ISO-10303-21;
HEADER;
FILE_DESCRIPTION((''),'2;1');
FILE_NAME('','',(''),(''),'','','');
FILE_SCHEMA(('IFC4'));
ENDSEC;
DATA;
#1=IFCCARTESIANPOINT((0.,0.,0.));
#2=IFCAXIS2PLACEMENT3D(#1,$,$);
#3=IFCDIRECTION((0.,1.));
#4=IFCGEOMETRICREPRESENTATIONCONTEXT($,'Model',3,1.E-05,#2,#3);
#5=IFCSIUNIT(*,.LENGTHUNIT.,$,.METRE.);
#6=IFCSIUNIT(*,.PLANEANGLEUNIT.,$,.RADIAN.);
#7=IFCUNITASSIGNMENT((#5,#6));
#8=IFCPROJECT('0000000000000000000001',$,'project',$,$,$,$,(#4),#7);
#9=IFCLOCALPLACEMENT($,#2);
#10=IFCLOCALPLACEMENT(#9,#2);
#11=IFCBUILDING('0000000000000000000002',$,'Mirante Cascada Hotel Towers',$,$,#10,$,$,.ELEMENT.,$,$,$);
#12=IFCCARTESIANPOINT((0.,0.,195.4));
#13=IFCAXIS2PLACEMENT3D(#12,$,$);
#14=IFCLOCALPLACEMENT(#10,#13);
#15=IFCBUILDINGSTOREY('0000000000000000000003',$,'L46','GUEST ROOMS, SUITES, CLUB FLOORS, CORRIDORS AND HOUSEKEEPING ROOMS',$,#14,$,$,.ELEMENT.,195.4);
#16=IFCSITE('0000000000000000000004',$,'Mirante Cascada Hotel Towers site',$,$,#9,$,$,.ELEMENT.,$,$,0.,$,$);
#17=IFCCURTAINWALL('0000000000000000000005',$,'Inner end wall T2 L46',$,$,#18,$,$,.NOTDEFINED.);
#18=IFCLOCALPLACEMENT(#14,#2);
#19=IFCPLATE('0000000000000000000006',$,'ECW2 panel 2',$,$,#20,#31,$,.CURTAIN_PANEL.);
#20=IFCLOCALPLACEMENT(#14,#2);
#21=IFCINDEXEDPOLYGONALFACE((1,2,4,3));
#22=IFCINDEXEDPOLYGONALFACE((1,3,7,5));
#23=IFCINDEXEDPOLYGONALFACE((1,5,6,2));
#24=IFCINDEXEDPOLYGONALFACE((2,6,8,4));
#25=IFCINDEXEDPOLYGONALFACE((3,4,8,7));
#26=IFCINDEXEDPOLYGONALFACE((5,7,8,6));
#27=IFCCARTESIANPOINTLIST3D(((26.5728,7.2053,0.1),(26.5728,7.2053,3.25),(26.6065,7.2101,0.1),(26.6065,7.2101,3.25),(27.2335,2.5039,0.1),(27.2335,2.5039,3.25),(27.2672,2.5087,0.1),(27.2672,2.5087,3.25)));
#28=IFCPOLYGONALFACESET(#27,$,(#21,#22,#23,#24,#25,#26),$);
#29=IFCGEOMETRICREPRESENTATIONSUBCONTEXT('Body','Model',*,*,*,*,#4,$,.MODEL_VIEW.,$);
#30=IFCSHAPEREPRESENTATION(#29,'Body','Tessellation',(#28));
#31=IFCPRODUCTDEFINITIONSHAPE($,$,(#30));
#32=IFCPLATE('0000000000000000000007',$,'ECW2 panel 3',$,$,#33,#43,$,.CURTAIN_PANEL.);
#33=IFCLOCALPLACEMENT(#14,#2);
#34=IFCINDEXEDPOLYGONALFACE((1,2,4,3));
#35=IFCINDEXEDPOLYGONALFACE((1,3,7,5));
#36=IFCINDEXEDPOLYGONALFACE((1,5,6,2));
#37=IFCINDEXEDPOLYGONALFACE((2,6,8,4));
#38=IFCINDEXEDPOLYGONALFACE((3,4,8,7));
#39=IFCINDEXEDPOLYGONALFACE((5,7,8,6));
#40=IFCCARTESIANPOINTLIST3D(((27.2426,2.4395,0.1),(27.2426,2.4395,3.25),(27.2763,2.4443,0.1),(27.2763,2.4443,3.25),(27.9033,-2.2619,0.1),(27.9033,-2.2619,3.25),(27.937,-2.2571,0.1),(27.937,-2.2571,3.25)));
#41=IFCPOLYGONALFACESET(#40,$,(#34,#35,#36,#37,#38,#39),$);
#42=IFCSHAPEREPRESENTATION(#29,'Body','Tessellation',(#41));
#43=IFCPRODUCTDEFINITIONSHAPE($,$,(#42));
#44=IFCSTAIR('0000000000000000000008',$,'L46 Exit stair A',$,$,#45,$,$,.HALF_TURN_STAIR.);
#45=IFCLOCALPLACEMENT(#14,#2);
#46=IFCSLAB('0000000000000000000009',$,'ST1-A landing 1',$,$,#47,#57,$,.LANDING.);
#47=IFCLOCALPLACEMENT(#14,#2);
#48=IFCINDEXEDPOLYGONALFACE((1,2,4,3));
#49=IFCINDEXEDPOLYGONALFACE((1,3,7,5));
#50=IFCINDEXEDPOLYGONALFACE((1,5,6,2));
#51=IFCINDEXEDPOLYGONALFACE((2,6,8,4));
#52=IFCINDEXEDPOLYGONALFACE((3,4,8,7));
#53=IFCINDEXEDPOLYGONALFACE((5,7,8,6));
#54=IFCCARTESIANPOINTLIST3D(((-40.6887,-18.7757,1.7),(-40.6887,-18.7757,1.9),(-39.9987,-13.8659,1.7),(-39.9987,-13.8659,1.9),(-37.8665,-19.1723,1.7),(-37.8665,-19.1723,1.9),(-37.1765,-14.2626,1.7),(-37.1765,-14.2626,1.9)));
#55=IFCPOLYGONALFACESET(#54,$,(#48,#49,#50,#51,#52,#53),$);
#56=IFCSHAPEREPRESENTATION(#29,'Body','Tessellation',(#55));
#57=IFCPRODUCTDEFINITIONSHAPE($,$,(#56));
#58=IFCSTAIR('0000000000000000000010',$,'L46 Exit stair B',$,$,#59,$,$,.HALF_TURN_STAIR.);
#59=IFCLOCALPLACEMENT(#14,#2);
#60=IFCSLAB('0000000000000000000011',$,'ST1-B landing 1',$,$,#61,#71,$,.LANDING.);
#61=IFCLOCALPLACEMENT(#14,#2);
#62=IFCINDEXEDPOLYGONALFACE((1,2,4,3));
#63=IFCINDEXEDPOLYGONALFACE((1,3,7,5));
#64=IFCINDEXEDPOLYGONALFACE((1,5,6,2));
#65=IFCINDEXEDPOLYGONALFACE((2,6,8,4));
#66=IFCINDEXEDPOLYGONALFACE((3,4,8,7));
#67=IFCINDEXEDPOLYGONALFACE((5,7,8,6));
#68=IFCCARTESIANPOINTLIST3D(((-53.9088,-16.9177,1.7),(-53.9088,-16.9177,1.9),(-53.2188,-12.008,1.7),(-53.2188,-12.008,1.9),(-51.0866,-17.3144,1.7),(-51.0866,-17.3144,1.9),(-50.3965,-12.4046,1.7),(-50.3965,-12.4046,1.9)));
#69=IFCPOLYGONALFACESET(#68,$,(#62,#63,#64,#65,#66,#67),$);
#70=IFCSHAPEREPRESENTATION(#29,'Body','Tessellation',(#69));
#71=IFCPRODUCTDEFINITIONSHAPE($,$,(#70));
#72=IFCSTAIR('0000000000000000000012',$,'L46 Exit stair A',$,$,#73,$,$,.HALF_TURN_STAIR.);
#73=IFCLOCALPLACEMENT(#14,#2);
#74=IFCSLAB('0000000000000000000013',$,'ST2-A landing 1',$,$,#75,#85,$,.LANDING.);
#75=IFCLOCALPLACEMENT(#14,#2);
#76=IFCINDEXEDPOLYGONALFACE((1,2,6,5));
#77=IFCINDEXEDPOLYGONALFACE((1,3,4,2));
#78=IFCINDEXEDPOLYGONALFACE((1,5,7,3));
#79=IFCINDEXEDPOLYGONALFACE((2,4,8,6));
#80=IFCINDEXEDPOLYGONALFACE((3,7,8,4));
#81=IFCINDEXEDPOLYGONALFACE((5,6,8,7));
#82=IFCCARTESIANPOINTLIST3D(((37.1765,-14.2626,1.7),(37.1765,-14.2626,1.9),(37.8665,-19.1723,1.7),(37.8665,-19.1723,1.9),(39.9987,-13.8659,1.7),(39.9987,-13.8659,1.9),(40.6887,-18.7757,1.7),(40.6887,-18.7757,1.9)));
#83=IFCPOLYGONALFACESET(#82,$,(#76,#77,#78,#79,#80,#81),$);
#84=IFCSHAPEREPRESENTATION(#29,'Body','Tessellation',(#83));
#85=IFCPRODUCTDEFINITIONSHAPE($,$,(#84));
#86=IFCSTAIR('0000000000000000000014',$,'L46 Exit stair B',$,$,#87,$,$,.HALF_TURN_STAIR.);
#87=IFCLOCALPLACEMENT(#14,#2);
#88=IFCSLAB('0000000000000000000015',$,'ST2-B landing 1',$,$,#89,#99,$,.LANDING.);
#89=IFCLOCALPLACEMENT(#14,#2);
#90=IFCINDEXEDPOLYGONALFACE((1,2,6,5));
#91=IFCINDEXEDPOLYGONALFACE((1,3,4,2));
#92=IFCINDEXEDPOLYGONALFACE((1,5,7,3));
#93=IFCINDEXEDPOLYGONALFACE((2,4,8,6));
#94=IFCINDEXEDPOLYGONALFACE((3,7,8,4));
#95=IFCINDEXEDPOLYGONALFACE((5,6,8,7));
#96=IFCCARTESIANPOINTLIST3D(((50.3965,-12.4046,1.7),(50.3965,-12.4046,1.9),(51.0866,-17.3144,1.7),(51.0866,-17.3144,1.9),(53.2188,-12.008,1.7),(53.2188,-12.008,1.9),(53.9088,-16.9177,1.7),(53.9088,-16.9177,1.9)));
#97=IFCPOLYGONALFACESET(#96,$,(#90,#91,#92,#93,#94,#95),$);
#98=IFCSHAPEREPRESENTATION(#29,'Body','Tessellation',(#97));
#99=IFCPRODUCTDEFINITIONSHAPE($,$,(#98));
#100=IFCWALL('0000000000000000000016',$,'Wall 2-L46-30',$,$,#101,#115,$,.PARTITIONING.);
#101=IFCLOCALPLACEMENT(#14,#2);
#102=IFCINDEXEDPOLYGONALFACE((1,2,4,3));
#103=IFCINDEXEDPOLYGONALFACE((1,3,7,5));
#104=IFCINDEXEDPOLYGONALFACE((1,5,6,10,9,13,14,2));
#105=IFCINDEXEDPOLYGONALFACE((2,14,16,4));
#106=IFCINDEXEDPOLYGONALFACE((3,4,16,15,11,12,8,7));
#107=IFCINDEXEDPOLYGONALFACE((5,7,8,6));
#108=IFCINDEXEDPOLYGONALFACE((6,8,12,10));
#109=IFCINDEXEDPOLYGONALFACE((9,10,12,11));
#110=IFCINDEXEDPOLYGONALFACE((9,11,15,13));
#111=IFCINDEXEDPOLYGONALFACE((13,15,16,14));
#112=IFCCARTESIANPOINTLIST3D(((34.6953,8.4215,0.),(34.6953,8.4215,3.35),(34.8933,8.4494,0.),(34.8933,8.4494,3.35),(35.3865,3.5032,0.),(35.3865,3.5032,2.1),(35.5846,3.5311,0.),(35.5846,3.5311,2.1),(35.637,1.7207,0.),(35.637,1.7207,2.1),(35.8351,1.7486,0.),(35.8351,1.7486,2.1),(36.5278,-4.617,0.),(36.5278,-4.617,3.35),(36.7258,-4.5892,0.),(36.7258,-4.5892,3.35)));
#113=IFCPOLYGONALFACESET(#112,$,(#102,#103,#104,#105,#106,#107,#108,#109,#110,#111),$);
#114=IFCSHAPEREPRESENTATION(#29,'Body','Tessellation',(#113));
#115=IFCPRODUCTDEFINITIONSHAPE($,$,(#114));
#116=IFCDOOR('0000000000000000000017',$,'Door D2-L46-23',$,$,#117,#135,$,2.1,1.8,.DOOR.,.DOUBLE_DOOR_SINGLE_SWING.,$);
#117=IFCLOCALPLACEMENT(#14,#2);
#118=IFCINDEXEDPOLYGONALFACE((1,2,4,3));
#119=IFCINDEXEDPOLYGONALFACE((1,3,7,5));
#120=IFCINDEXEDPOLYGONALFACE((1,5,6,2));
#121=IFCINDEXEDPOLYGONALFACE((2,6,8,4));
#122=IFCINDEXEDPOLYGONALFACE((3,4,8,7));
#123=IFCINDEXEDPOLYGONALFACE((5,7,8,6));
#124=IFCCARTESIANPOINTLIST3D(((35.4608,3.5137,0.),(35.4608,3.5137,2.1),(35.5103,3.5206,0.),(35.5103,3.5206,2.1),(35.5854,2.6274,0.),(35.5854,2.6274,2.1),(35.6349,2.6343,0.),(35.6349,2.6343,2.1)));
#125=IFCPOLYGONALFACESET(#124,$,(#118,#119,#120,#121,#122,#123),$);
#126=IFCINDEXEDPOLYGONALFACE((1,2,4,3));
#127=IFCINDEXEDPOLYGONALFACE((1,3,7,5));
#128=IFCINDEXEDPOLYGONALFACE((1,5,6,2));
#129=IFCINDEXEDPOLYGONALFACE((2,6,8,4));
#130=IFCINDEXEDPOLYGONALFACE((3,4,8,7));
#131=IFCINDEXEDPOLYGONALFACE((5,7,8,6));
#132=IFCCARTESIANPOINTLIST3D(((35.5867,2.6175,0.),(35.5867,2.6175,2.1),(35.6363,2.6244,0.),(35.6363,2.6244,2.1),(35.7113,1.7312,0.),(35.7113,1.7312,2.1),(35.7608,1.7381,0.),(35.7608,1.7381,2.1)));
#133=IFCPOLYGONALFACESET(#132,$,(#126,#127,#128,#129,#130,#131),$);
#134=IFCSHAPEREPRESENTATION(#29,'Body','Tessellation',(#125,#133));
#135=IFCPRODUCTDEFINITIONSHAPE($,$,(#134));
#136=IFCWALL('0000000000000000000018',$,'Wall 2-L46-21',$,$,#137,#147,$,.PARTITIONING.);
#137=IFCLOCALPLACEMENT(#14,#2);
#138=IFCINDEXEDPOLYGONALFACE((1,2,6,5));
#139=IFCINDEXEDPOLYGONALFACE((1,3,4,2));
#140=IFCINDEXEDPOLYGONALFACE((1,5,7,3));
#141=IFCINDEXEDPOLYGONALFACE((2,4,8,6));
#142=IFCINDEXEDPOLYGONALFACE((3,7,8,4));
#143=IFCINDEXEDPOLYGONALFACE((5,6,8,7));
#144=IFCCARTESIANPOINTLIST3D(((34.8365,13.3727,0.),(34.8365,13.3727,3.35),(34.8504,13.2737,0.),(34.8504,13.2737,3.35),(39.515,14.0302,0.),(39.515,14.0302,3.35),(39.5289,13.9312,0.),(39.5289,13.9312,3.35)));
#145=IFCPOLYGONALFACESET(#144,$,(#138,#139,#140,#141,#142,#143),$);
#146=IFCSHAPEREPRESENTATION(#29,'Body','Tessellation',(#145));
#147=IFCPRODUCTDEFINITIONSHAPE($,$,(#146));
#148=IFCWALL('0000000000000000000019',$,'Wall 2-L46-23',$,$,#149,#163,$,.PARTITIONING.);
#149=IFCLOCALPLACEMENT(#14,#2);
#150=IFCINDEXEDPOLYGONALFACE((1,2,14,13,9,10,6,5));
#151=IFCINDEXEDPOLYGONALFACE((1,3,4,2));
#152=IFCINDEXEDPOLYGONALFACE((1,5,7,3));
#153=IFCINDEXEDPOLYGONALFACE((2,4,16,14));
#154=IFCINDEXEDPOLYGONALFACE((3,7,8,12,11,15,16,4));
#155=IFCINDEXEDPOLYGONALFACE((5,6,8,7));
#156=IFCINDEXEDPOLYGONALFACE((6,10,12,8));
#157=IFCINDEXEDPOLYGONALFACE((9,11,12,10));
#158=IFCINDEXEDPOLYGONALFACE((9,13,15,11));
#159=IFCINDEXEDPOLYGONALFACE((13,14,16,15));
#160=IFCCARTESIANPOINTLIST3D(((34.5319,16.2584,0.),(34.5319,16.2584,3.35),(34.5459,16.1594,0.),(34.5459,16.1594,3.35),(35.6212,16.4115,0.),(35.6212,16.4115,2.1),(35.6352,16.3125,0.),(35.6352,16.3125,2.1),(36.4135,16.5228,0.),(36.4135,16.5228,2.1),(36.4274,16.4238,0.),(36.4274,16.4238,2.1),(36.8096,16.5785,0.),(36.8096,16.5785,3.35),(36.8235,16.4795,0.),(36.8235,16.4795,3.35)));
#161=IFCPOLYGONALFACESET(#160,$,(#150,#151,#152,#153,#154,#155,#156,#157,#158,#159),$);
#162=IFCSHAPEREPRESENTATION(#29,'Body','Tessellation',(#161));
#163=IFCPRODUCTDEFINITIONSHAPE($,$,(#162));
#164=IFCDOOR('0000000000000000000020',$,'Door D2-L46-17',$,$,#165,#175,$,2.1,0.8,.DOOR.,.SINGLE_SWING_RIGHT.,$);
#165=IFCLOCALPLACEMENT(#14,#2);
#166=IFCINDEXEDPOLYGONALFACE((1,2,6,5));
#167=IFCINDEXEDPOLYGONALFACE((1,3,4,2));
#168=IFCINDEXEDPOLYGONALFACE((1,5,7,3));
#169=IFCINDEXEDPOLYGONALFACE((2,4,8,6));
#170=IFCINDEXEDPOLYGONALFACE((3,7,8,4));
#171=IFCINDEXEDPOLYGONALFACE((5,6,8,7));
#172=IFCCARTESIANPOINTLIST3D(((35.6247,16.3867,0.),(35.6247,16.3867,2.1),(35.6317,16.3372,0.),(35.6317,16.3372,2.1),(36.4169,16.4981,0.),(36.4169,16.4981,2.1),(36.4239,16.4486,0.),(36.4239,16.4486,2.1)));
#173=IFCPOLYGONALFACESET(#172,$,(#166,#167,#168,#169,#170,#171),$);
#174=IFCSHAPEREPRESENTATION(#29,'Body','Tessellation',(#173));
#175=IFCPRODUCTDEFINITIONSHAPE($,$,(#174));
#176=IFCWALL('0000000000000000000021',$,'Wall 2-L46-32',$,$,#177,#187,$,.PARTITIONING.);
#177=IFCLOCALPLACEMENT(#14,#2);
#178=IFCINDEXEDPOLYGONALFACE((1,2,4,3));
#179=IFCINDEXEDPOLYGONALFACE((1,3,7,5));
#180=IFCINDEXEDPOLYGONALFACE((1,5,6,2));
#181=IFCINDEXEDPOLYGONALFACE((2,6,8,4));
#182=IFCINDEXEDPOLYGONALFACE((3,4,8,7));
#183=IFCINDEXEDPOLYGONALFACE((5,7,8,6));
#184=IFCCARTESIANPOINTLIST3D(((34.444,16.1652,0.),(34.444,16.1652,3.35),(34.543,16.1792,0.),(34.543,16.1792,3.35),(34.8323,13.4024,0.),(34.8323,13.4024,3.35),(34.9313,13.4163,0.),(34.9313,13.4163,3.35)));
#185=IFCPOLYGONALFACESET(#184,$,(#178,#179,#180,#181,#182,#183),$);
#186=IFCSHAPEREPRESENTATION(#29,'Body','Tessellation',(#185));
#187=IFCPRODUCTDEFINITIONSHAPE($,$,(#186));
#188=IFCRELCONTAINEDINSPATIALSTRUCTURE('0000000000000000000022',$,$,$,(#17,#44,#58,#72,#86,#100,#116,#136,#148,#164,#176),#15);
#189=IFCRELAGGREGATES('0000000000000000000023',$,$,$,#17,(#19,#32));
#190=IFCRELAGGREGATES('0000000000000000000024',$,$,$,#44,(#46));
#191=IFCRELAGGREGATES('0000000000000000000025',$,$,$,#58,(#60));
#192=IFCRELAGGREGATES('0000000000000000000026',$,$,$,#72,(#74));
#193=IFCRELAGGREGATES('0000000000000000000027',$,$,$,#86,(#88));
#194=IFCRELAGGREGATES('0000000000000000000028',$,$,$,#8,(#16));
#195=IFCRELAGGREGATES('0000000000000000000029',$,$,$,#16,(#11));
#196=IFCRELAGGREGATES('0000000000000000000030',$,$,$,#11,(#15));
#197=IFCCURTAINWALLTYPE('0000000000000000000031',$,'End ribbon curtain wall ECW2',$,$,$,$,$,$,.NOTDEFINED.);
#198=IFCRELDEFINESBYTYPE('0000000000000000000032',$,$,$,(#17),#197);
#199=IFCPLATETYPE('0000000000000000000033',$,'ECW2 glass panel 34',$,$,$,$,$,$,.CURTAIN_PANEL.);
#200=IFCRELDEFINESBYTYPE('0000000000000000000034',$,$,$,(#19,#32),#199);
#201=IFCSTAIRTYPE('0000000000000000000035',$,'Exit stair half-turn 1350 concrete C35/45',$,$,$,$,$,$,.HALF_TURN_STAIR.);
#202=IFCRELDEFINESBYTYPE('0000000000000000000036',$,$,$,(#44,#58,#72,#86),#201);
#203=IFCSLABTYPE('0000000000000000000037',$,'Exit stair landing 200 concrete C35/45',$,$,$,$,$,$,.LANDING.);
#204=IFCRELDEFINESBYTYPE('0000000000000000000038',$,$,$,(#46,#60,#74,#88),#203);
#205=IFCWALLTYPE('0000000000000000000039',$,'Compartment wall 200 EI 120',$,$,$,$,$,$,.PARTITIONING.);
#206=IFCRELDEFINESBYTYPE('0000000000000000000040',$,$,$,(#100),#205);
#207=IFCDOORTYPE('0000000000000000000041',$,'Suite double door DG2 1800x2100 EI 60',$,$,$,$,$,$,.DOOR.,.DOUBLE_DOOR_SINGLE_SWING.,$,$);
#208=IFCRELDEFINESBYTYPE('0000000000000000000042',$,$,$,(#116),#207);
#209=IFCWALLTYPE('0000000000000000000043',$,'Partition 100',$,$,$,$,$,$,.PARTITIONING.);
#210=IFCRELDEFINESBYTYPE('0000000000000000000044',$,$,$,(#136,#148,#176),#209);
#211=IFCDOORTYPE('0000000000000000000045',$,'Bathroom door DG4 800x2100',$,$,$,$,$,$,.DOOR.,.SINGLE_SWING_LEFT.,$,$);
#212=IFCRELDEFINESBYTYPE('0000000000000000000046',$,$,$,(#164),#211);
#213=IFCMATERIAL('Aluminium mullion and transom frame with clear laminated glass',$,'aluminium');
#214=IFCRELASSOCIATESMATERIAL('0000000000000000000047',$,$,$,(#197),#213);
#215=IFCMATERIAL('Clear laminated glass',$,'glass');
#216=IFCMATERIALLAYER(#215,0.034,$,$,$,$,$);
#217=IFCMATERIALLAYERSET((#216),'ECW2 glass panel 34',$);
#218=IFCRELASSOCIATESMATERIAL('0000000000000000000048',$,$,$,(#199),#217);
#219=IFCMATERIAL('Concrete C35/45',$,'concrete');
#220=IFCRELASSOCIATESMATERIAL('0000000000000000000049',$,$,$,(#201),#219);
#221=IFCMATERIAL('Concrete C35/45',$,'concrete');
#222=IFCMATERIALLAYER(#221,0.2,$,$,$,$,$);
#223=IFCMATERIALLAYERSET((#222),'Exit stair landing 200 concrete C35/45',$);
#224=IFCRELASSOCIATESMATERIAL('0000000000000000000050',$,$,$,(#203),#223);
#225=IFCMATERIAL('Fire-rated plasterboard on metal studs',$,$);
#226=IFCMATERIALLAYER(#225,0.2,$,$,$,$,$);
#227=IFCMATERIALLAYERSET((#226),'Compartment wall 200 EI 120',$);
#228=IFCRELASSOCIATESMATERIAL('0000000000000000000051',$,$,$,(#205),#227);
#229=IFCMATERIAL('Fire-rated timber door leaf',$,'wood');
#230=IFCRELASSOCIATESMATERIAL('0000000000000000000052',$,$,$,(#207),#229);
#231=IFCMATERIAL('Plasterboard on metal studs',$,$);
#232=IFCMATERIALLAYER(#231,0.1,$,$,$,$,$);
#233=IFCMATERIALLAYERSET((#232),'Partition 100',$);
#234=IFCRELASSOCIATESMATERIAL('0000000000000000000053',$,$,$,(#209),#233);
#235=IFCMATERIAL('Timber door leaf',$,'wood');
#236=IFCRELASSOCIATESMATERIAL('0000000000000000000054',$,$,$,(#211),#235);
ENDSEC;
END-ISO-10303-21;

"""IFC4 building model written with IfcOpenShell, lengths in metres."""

from ifc_helpers import new_model, si_unit, direction, frame, frame_2d, origin, origin_2d, place, context, subcontext, project, spatial, polyline, rectangle, outline, extrude, material, layer, layer_set, type_object, element, fill, aggregate, save


model = new_model("IFC4")

# Units and contexts
model_context = context("Model", 3, precision=1e-05, world=origin(), true_north=direction((0.0, 1.0)))
body_context = subcontext(model_context, "Body", "Model", "MODEL_VIEW")
ifc_project = project(units=[si_unit("LENGTHUNIT", "METRE"), si_unit("PLANEANGLEUNIT", "RADIAN")], contexts=[model_context])

# Site, building, storey
site_placement = place(None, origin())
site = spatial("IfcSite", under=ifc_project, at=site_placement, Name="Mirante Cascada Hotel Towers site", CompositionType="ELEMENT", RefElevation=0.0)
building_placement = place(site_placement, origin())
building = spatial("IfcBuilding", under=site, at=building_placement, Name="Mirante Cascada Hotel Towers", CompositionType="ELEMENT")
storey_placement = place(building_placement, frame((0.0, 0.0, 195.4)))
storey = spatial("IfcBuildingStorey", under=building, at=storey_placement, Name="L46", Description="GUEST ROOMS, SUITES, CLUB FLOORS, CORRIDORS AND HOUSEKEEPING ROOMS", CompositionType="ELEMENT", Elevation=195.4)

# Curtain wall
ifc_material_1 = material(Name="Aluminium mullion and transom frame with clear laminated glass", Category="aluminium")
curtain_wall_type_1 = type_object("IfcCurtainWallType", Name="End ribbon curtain wall ECW2", PredefinedType="NOTDEFINED", material=ifc_material_1)
curtain_wall_1_placement = place(storey_placement, origin())
curtain_wall_1 = element("IfcCurtainWall", 1, at=curtain_wall_1_placement, inside=storey, type_object=curtain_wall_type_1, Name="Inner end wall T2 L46", PredefinedType="NOTDEFINED")

# Plates
ifc_material_2 = material(Name="Clear laminated glass", Category="glass")
ifc_layer_1 = layer(ifc_material_2, 0.034)
ifc_layer_set_1 = layer_set([ifc_layer_1], Name="ECW2 glass panel 34")
plate_type_1 = type_object("IfcPlateType", Name="ECW2 glass panel 34", PredefinedType="CURTAIN_PANEL", material=ifc_layer_set_1)
plate_1_placement = place(storey_placement, frame((26.92, 4.857, 0.1), z_axis=(0.0, 0.0, 1.0), x_axis=(0.139173, -0.990268, 0.0)))
plate_1 = element("IfcPlate", 2, at=plate_1_placement, type_object=plate_type_1, Name="ECW2 panel 2", PredefinedType="CURTAIN_PANEL", context=body_context, shape_type="SweptSolid", body=[
    extrude(rectangle(XDim=4.7476, YDim=0.034, at=origin_2d()), origin(), (0.0, 0.0, 1.0), 3.15),
])
plate_2_placement = place(storey_placement, frame((27.5898, 0.0912, 0.1), z_axis=(0.0, 0.0, 1.0), x_axis=(0.139173, -0.990268, 0.0)))
plate_2 = element("IfcPlate", 3, at=plate_2_placement, type_object=plate_type_1, Name="ECW2 panel 3", PredefinedType="CURTAIN_PANEL", context=body_context, shape_type="SweptSolid", body=[
    extrude(rectangle(XDim=4.7476, YDim=0.034, at=origin_2d()), origin(), (0.0, 0.0, 1.0), 3.15),
])
aggregate(curtain_wall_1, [plate_1, plate_2])

# Stairs, slabs
ifc_material_3 = material(Name="Concrete C35/45", Category="concrete")
stair_type = type_object("IfcStairType", Name="Exit stair half-turn 1350 concrete C35/45", PredefinedType="HALF_TURN_STAIR", material=ifc_material_3)
stair_1_placement = place(storey_placement, origin())
stair_1 = element("IfcStair", 4, at=stair_1_placement, inside=storey, type_object=stair_type, Name="L46 Exit stair A", PredefinedType="HALF_TURN_STAIR")
ifc_material_4 = material(Name="Concrete C35/45", Category="concrete")
ifc_layer_2 = layer(ifc_material_4, 0.2)
ifc_layer_set_2 = layer_set([ifc_layer_2], Name="Exit stair landing 200 concrete C35/45")
slab_type = type_object("IfcSlabType", Name="Exit stair landing 200 concrete C35/45", PredefinedType="LANDING", material=ifc_layer_set_2)
slab_1_placement = place(storey_placement, frame((0.0, 0.0, 1.7)))
slab_1 = element("IfcSlab", 5, at=slab_1_placement, type_object=slab_type, Name="ST1-A landing 1", PredefinedType="LANDING", context=body_context, shape_type="SweptSolid", body=[
    extrude(outline(polyline([(-39.9987, -13.8659), (-40.6887, -18.7757), (-37.8665, -19.1723), (-37.1765, -14.2626), (-39.9987, -13.8659)])), origin(), (0.0, 0.0, 1.0), 0.2),
])
aggregate(stair_1, [slab_1])
stair_2_placement = place(storey_placement, origin())
stair_2 = element("IfcStair", 6, at=stair_2_placement, inside=storey, type_object=stair_type, Name="L46 Exit stair B", PredefinedType="HALF_TURN_STAIR")
slab_2_placement = place(storey_placement, frame((0.0, 0.0, 1.7)))
slab_2 = element("IfcSlab", 7, at=slab_2_placement, type_object=slab_type, Name="ST1-B landing 1", PredefinedType="LANDING", context=body_context, shape_type="SweptSolid", body=[
    extrude(outline(polyline([(-53.2188, -12.008), (-53.9088, -16.9177), (-51.0866, -17.3144), (-50.3965, -12.4046), (-53.2188, -12.008)])), origin(), (0.0, 0.0, 1.0), 0.2),
])
aggregate(stair_2, [slab_2])
stair_3_placement = place(storey_placement, origin())
stair_3 = element("IfcStair", 8, at=stair_3_placement, inside=storey, type_object=stair_type, Name="L46 Exit stair A", PredefinedType="HALF_TURN_STAIR")
slab_3_placement = place(storey_placement, frame((0.0, 0.0, 1.7)))
slab_3 = element("IfcSlab", 9, at=slab_3_placement, type_object=slab_type, Name="ST2-A landing 1", PredefinedType="LANDING", context=body_context, shape_type="SweptSolid", body=[
    extrude(outline(polyline([(37.1765, -14.2626), (37.8665, -19.1723), (40.6887, -18.7757), (39.9987, -13.8659), (37.1765, -14.2626)])), origin(), (0.0, 0.0, 1.0), 0.2),
])
aggregate(stair_3, [slab_3])
stair_4_placement = place(storey_placement, origin())
stair_4 = element("IfcStair", 10, at=stair_4_placement, inside=storey, type_object=stair_type, Name="L46 Exit stair B", PredefinedType="HALF_TURN_STAIR")
slab_4_placement = place(storey_placement, frame((0.0, 0.0, 1.7)))
slab_4 = element("IfcSlab", 11, at=slab_4_placement, type_object=slab_type, Name="ST2-B landing 1", PredefinedType="LANDING", context=body_context, shape_type="SweptSolid", body=[
    extrude(outline(polyline([(50.3965, -12.4046), (51.0866, -17.3144), (53.9088, -16.9177), (53.2188, -12.008), (50.3965, -12.4046)])), origin(), (0.0, 0.0, 1.0), 0.2),
])
aggregate(stair_4, [slab_4])

# Wall, opening, door
ifc_material_5 = material(Name="Fire-rated plasterboard on metal studs")
ifc_layer_3 = layer(ifc_material_5, 0.2)
ifc_layer_set_3 = layer_set([ifc_layer_3], Name="Compartment wall 200 EI 120")
wall_type_1 = type_object("IfcWallType", Name="Compartment wall 200 EI 120", PredefinedType="PARTITIONING", material=ifc_layer_set_3)
wall_1_placement = place(storey_placement, frame((34.7943, 8.4355, 0.0), z_axis=(0.0, 0.0, 1.0), x_axis=(0.139176, -0.990268, 0.0)))
wall_1 = element("IfcWall", 12, at=wall_1_placement, inside=storey, type_object=wall_type_1, Name="Wall 2-L46-30", PredefinedType="PARTITIONING", context=body_context, shape_type="SweptSolid", body=[
    extrude(rectangle(XDim=13.1667, YDim=0.2, at=frame_2d((6.5834, 0.0))), origin(), (0.0, 0.0, 1.0), 3.35),
])
opening_1_placement = place(wall_1_placement, frame((4.9667, 0.0, 0.0)))
opening_1 = element("IfcOpeningElement", 13, at=opening_1_placement, cuts=wall_1, PredefinedType="OPENING", context=body_context, shape_type="SweptSolid", body=[
    extrude(rectangle(XDim=1.8, YDim=2.1, at=frame_2d((0.9, 1.05))), frame((0.0, 0.1, 0.0), z_axis=(0.0, -1.0, 0.0), x_axis=(1.0, 0.0, 0.0)), (0.0, 0.0, 1.0), 0.2),
])
ifc_material_6 = material(Name="Fire-rated timber door leaf", Category="wood")
door_type_1 = type_object("IfcDoorType", Name="Suite double door DG2 1800x2100 EI 60", OperationType="DOUBLE_DOOR_SINGLE_SWING", PredefinedType="DOOR", material=ifc_material_6)
door_1_placement = place(opening_1_placement, origin())
door_1 = element("IfcDoor", 14, at=door_1_placement, inside=storey, type_object=door_type_1, Name="Door D2-L46-23", OperationType="DOUBLE_DOOR_SINGLE_SWING", OverallHeight=2.1, OverallWidth=1.8, PredefinedType="DOOR", context=body_context, shape_type="SweptSolid", body=[
    extrude(rectangle(XDim=0.895, YDim=2.1, at=frame_2d((0.4475, 1.05))), frame((0.0, 0.025, 0.0), z_axis=(0.0, -1.0, 0.0), x_axis=(1.0, 0.0, 0.0)), (0.0, 0.0, 1.0), 0.05),
    extrude(rectangle(XDim=0.895, YDim=2.1, at=frame_2d((1.3525, 1.05))), frame((0.0, 0.025, 0.0), z_axis=(0.0, -1.0, 0.0), x_axis=(1.0, 0.0, 0.0)), (0.0, 0.0, 1.0), 0.05),
])
fill(opening_1, door_1)

# Wall
ifc_material_7 = material(Name="Plasterboard on metal studs")
ifc_layer_4 = layer(ifc_material_7, 0.1)
ifc_layer_set_4 = layer_set([ifc_layer_4], Name="Partition 100")
wall_type_2 = type_object("IfcWallType", Name="Partition 100", PredefinedType="PARTITIONING", material=ifc_layer_set_4)
wall_2_placement = place(storey_placement, frame((34.8435, 13.3232, 0.0), z_axis=(0.0, 0.0, 1.0), x_axis=(0.990269, 0.139169, 0.0)))
element("IfcWall", 15, at=wall_2_placement, inside=storey, type_object=wall_type_2, Name="Wall 2-L46-21", PredefinedType="PARTITIONING", context=body_context, shape_type="SweptSolid", body=[
    extrude(rectangle(XDim=4.7245, YDim=0.1, at=frame_2d((2.3622, 0.0))), origin(), (0.0, 0.0, 1.0), 3.35),
])

# Wall, opening, door
wall_3_placement = place(storey_placement, frame((34.5389, 16.2089, 0.0), z_axis=(0.0, 0.0, 1.0), x_axis=(0.990268, 0.139175, 0.0)))
wall_3 = element("IfcWall", 16, at=wall_3_placement, inside=storey, type_object=wall_type_2, Name="Wall 2-L46-23", PredefinedType="PARTITIONING", context=body_context, shape_type="SweptSolid", body=[
    extrude(rectangle(XDim=2.3, YDim=0.1, at=frame_2d((1.15, 0.0))), origin(), (0.0, 0.0, 1.0), 3.35),
])
opening_2_placement = place(wall_3_placement, frame((1.1, 0.0, 0.0)))
opening_2 = element("IfcOpeningElement", 17, at=opening_2_placement, cuts=wall_3, PredefinedType="OPENING", context=body_context, shape_type="SweptSolid", body=[
    extrude(rectangle(XDim=0.8, YDim=2.1, at=frame_2d((0.4, 1.05))), frame((0.0, 0.05, 0.0), z_axis=(0.0, -1.0, 0.0), x_axis=(1.0, 0.0, 0.0)), (0.0, 0.0, 1.0), 0.1),
])
ifc_material_8 = material(Name="Timber door leaf", Category="wood")
door_type_2 = type_object("IfcDoorType", Name="Bathroom door DG4 800x2100", OperationType="SINGLE_SWING_LEFT", PredefinedType="DOOR", material=ifc_material_8)
door_2_placement = place(opening_2_placement, frame((0.8, 0.0, 0.0), z_axis=(0.0, 0.0, 1.0), x_axis=(-1.0, 0.0, 0.0)))
door_2 = element("IfcDoor", 18, at=door_2_placement, inside=storey, type_object=door_type_2, Name="Door D2-L46-17", OperationType="SINGLE_SWING_RIGHT", OverallHeight=2.1, OverallWidth=0.8, PredefinedType="DOOR", context=body_context, shape_type="SweptSolid", body=[
    extrude(rectangle(XDim=0.8, YDim=2.1, at=frame_2d((0.4, 1.05))), frame((0.0, 0.025, 0.0), z_axis=(0.0, -1.0, 0.0), x_axis=(1.0, 0.0, 0.0)), (0.0, 0.0, 1.0), 0.05),
])
fill(opening_2, door_2)

# Wall
wall_4_placement = place(storey_placement, frame((34.4935, 16.1722, 0.0), z_axis=(0.0, 0.0, 1.0), x_axis=(0.139178, -0.990267, 0.0)))
element("IfcWall", 19, at=wall_4_placement, inside=storey, type_object=wall_type_2, Name="Wall 2-L46-32", PredefinedType="PARTITIONING", context=body_context, shape_type="SweptSolid", body=[
    extrude(rectangle(XDim=2.79, YDim=0.1, at=frame_2d((1.395, 0.0))), origin(), (0.0, 0.0, 1.0), 3.35),
])

save(model, "model.ifc")
